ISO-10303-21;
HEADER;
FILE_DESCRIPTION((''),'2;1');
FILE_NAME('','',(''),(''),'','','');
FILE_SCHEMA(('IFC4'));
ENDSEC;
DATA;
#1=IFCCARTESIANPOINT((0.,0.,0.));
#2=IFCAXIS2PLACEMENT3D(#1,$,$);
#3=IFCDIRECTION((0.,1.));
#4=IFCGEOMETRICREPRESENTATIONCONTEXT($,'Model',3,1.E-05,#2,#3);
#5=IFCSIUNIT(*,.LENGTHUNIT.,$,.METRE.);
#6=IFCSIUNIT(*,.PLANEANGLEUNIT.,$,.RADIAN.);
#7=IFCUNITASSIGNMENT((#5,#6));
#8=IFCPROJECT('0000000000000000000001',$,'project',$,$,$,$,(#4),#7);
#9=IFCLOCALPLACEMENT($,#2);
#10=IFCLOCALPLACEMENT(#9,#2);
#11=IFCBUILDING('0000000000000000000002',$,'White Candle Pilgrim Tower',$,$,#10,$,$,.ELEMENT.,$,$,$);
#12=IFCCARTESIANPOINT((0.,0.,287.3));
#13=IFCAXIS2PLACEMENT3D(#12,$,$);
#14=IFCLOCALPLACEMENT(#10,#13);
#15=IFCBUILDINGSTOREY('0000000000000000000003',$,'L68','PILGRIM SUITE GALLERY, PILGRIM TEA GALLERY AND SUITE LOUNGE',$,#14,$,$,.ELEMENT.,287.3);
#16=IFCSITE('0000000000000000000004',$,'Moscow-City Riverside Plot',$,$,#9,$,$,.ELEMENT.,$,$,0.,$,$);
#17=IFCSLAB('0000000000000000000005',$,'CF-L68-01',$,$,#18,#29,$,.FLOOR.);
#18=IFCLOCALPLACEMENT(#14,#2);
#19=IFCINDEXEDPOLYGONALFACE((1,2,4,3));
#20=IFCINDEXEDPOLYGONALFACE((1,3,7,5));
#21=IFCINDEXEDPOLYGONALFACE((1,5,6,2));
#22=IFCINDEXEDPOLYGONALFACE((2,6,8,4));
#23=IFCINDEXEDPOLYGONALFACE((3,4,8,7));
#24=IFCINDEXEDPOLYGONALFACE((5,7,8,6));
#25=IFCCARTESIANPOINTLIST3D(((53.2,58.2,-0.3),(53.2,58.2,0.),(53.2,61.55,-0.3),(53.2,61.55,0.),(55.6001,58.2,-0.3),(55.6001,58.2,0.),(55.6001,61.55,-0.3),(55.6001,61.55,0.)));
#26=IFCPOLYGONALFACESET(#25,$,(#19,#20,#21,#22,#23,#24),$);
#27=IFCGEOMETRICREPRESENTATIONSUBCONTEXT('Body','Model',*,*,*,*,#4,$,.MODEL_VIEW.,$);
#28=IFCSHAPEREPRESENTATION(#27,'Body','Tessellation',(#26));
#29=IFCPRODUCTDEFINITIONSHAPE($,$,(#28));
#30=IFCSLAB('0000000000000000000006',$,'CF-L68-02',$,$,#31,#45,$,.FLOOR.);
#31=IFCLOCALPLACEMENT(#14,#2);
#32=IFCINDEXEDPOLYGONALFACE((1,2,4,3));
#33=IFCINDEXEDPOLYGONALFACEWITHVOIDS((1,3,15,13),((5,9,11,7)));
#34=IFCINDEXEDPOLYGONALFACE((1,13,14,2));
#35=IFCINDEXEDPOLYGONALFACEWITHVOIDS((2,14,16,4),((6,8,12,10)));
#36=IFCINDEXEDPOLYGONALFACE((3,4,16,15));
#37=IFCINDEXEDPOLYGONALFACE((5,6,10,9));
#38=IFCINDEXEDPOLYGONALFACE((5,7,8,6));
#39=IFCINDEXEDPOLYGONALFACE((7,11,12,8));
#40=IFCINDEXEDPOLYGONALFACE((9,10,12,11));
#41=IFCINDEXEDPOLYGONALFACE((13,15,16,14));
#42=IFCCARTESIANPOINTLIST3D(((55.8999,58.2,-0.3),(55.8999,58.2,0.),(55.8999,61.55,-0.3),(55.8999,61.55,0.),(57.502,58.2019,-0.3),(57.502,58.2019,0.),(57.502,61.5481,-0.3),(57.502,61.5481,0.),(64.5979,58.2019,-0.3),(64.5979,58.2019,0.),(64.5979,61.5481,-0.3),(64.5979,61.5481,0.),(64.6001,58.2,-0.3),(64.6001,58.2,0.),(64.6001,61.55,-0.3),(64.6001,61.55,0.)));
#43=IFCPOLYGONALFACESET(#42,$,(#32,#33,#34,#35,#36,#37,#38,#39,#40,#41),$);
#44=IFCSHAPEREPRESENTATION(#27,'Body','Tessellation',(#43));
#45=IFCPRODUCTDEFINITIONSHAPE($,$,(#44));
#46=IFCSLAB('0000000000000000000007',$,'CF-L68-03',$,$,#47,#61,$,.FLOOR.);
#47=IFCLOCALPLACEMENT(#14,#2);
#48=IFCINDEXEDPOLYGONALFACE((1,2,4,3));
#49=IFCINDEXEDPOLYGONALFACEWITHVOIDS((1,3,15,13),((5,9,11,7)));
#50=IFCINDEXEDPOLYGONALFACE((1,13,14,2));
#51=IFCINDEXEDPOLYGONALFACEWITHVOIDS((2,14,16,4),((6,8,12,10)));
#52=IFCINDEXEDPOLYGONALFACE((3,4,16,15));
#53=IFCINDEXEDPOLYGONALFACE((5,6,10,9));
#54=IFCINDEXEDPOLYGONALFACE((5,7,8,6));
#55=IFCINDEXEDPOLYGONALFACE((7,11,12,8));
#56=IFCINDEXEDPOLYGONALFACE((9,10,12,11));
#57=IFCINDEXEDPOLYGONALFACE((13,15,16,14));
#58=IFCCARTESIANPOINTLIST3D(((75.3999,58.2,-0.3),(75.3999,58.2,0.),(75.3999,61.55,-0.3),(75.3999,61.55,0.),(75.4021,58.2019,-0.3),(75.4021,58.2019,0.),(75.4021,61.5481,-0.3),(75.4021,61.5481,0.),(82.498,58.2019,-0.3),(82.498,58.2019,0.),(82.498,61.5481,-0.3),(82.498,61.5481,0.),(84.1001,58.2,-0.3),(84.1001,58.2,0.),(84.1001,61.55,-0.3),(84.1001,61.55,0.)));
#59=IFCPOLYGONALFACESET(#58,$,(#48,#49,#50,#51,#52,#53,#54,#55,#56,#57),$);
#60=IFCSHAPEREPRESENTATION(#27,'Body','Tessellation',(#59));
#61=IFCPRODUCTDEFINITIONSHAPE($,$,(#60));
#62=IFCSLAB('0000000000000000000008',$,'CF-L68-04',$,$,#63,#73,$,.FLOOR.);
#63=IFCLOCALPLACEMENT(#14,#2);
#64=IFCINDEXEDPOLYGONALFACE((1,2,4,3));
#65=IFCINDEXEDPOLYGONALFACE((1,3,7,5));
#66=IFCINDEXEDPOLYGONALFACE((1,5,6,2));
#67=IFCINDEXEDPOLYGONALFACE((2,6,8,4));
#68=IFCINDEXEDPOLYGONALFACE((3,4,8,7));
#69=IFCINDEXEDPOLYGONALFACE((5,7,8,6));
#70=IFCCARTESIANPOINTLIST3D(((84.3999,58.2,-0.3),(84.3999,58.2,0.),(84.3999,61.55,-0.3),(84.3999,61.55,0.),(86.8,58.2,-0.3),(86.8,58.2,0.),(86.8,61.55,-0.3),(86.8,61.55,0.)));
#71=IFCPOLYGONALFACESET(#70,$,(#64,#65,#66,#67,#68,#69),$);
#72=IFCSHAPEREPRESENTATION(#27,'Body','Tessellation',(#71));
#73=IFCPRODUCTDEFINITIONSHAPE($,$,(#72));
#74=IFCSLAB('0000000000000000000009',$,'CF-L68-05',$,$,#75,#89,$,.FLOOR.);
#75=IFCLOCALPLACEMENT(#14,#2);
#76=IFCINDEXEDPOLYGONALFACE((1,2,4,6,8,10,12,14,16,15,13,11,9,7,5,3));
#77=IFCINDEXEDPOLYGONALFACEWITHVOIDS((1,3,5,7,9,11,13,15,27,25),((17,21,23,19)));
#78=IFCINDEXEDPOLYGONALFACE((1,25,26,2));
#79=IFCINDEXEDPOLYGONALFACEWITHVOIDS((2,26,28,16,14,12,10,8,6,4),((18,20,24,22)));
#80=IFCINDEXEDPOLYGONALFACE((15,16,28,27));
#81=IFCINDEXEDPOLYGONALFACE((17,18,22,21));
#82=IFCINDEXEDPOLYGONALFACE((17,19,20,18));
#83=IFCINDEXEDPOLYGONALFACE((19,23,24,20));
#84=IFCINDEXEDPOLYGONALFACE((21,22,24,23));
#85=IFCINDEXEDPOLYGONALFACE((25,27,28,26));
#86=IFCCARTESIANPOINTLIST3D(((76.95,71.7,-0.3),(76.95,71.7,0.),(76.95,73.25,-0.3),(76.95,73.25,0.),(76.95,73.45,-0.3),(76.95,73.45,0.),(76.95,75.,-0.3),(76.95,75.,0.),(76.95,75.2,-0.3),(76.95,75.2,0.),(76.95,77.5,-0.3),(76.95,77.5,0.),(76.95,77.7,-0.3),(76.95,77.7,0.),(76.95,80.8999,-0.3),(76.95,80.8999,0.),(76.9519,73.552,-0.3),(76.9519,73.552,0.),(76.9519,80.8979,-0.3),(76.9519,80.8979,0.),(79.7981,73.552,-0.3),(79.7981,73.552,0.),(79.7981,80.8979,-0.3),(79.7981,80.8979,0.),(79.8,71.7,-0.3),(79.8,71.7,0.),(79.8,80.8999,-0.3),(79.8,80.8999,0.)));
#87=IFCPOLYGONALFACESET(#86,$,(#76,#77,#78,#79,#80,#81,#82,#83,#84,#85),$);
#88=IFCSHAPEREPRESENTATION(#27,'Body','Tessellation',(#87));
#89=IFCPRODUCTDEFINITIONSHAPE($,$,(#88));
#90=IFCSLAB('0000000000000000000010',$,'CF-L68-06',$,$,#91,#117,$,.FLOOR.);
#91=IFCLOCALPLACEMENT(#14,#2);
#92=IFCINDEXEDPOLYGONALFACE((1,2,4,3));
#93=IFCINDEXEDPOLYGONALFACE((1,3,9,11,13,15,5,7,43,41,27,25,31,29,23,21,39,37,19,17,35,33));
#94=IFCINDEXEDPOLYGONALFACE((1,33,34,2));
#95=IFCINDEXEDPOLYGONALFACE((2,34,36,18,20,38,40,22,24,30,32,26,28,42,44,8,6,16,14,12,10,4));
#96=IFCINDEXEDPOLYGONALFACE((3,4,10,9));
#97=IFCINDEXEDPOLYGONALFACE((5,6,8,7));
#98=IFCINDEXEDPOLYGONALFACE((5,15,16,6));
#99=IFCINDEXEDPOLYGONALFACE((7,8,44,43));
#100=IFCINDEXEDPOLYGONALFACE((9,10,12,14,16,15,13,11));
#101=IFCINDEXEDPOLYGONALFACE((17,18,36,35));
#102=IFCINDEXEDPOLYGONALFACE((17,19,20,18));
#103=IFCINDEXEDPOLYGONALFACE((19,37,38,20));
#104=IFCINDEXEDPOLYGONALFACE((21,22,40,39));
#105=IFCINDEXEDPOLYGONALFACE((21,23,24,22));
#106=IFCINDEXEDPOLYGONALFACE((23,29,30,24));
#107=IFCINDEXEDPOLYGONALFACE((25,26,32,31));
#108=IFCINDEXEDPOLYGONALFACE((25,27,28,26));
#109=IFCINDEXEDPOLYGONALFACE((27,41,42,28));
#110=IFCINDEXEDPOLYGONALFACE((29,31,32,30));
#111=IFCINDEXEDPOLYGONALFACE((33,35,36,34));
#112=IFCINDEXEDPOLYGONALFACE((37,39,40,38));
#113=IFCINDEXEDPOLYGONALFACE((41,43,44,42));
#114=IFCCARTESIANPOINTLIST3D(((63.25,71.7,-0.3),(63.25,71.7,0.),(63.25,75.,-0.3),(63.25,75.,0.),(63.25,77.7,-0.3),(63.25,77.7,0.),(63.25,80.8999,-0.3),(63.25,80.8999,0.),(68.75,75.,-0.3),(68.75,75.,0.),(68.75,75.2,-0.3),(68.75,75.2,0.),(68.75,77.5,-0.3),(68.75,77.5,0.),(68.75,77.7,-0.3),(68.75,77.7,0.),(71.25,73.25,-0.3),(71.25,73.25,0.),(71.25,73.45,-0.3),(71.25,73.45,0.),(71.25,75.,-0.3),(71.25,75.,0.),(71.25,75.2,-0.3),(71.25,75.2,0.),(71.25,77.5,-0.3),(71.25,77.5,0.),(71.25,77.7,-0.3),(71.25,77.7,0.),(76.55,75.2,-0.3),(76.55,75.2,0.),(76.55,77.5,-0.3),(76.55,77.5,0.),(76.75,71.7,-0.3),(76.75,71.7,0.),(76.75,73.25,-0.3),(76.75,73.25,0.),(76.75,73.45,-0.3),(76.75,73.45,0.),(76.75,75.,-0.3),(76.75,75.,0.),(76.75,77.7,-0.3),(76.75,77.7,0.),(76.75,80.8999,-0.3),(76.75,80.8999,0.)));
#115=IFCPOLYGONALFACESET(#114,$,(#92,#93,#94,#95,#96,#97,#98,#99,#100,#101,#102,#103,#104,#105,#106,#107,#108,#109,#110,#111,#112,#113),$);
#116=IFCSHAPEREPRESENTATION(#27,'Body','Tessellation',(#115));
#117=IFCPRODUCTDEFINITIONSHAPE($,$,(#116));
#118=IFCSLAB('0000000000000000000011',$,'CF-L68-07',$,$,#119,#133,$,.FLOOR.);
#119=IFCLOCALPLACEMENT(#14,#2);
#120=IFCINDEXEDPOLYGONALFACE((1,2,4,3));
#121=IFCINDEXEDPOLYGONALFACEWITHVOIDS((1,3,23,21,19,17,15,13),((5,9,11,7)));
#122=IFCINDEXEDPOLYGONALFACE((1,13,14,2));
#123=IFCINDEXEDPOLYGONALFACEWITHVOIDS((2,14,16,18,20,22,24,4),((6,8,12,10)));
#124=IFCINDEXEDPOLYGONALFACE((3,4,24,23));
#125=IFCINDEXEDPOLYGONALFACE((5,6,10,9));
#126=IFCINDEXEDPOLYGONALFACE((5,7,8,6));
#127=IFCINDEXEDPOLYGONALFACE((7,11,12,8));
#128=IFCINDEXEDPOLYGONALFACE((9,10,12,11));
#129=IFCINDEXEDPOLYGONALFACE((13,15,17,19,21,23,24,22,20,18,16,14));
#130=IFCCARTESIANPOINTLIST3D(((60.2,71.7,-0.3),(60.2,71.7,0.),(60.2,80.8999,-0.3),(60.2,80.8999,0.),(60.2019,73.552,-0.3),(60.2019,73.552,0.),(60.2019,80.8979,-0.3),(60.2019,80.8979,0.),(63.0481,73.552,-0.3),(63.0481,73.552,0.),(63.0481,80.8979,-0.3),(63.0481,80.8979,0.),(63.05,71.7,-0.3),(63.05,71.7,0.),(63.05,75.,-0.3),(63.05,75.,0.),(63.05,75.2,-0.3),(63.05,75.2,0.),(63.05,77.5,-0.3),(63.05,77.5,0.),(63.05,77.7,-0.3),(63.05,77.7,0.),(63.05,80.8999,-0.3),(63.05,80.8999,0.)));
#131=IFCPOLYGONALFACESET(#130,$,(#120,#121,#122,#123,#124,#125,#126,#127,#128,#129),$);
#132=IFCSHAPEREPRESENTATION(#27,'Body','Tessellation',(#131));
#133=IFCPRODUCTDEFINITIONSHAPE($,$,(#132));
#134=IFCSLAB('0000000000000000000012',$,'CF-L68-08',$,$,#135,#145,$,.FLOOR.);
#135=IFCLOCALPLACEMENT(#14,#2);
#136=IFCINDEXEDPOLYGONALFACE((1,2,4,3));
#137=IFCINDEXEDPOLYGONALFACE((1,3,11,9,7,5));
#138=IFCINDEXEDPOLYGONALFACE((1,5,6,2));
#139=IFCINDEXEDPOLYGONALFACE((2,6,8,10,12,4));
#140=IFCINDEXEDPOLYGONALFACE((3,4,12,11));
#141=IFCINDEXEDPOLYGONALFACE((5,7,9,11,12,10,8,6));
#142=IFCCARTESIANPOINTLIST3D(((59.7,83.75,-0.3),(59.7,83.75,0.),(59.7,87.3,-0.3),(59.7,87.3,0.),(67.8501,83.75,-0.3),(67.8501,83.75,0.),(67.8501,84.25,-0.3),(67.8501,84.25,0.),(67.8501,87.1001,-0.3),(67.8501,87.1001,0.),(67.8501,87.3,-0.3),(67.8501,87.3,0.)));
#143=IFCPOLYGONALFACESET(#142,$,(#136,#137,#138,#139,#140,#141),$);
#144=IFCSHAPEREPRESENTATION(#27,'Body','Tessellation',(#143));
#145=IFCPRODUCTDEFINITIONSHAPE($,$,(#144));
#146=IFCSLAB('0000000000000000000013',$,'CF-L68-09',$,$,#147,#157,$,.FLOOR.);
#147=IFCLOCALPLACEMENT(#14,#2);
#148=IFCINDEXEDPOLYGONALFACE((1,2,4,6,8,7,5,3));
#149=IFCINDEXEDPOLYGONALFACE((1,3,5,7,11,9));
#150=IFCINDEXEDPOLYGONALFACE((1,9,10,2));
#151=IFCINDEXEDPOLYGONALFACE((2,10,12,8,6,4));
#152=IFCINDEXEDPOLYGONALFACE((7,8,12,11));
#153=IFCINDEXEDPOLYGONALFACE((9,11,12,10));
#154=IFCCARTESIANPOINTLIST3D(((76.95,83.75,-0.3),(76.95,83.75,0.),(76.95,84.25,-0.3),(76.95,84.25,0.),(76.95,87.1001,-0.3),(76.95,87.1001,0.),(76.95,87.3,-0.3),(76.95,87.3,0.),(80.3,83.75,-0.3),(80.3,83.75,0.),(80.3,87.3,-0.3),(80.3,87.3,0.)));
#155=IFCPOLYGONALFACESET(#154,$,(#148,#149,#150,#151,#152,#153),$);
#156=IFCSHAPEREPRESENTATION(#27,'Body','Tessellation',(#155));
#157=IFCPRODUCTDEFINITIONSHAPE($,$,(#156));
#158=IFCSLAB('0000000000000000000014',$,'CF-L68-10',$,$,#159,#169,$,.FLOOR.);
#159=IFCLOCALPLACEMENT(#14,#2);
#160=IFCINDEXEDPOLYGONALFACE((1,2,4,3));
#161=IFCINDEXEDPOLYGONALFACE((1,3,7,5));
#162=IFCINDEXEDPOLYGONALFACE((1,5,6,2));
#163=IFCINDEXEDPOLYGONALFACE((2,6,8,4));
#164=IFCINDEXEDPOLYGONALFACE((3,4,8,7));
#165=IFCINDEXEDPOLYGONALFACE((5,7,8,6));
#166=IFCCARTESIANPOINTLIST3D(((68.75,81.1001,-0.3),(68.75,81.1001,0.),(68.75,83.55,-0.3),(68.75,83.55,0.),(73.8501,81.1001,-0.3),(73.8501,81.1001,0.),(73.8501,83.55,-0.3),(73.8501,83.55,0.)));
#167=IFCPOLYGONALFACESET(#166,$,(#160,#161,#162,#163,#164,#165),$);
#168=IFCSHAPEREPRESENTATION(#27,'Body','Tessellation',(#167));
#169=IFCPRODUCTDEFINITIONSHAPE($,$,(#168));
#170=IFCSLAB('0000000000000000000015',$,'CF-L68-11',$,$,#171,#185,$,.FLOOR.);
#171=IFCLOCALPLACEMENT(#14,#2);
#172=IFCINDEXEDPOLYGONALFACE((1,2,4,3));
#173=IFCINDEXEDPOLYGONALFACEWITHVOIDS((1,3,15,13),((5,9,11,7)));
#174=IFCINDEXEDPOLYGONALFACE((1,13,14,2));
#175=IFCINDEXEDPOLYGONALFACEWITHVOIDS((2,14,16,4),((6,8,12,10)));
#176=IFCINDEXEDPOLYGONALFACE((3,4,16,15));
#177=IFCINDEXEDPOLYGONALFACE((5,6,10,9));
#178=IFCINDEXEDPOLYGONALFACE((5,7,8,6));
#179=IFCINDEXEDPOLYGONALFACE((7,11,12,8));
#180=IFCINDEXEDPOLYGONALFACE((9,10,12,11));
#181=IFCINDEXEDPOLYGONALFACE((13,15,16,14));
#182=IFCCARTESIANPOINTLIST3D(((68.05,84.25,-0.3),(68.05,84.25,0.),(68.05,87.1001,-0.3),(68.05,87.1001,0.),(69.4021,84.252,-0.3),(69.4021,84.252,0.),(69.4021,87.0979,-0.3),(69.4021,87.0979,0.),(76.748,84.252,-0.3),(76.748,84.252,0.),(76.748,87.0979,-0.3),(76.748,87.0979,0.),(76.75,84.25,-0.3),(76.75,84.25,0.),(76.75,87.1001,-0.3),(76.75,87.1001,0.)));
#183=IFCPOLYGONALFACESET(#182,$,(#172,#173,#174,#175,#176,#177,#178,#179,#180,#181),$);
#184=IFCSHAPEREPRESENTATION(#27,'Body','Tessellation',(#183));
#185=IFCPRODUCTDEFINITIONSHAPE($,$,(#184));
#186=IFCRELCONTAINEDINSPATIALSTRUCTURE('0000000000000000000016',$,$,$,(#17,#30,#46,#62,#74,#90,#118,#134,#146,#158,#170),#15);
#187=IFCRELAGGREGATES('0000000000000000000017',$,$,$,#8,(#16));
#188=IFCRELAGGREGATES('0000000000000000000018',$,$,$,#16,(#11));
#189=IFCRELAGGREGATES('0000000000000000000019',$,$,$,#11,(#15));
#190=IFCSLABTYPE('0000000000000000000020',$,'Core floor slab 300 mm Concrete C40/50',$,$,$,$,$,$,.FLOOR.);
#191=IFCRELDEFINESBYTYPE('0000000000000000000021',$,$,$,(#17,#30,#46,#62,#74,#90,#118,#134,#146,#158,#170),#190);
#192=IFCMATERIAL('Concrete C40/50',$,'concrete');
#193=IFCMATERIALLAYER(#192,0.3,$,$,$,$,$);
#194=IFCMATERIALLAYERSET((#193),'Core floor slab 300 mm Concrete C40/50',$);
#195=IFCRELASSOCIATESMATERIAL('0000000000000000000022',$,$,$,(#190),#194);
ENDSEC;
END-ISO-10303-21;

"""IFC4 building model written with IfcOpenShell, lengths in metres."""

from ifc_helpers import new_model, si_unit, direction, frame, origin, place, context, subcontext, project, spatial, polyline, outline, extrude, material, layer, layer_set, type_object, element, save


model = new_model("IFC4")

# Units and contexts
model_context = context("Model", 3, precision=1e-05, world=origin(), true_north=direction((0.0, 1.0)))
body_context = subcontext(model_context, "Body", "Model", "MODEL_VIEW")
ifc_project = project(units=[si_unit("LENGTHUNIT", "METRE"), si_unit("PLANEANGLEUNIT", "RADIAN")], contexts=[model_context])

# Site, building, storey
site_placement = place(None, origin())
site = spatial("IfcSite", under=ifc_project, at=site_placement, Name="Moscow-City Riverside Plot", CompositionType="ELEMENT", RefElevation=0.0)
building_placement = place(site_placement, origin())
building = spatial("IfcBuilding", under=site, at=building_placement, Name="White Candle Pilgrim Tower", CompositionType="ELEMENT")
storey_placement = place(building_placement, frame((0.0, 0.0, 287.3)))
storey = spatial("IfcBuildingStorey", under=building, at=storey_placement, Name="L68", Description="PILGRIM SUITE GALLERY, PILGRIM TEA GALLERY AND SUITE LOUNGE", CompositionType="ELEMENT", Elevation=287.3)

# Slabs
ifc_material_1 = material(Name="Concrete C40/50", Category="concrete")
ifc_layer_1 = layer(ifc_material_1, 0.3)
ifc_layer_set_1 = layer_set([ifc_layer_1], Name="Core floor slab 300 mm Concrete C40/50")
slab_type_1 = type_object("IfcSlabType", Name="Core floor slab 300 mm Concrete C40/50", PredefinedType="FLOOR", material=ifc_layer_set_1)
slab_1_placement = place(storey_placement, frame((0.0, 0.0, -0.3)))
element("IfcSlab", 1, at=slab_1_placement, inside=storey, type_object=slab_type_1, Name="CF-L68-01", PredefinedType="FLOOR", context=body_context, shape_type="SweptSolid", body=[
    extrude(outline(polyline([(55.6001, 58.2), (53.2, 58.2), (53.2, 61.55), (55.6001, 61.55), (55.6001, 58.2)])), origin(), (0.0, 0.0, 1.0), 0.3),
])
slab_2_placement = place(storey_placement, frame((0.0, 0.0, -0.3)))
element("IfcSlab", 2, at=slab_2_placement, inside=storey, type_object=slab_type_1, Name="CF-L68-02", PredefinedType="FLOOR", context=body_context, shape_type="SweptSolid", body=[
    extrude(outline(polyline([(55.8999, 58.2), (55.8999, 61.55), (64.6001, 61.55), (64.6001, 58.2), (55.8999, 58.2)]), holes=[polyline([(57.502, 61.5481), (57.502, 58.2019), (64.5979, 58.2019), (64.5979, 61.5481), (57.502, 61.5481)])]), origin(), (0.0, 0.0, 1.0), 0.3),
])
slab_3_placement = place(storey_placement, frame((0.0, 0.0, -0.3)))
element("IfcSlab", 3, at=slab_3_placement, inside=storey, type_object=slab_type_1, Name="CF-L68-03", PredefinedType="FLOOR", context=body_context, shape_type="SweptSolid", body=[
    extrude(outline(polyline([(75.3999, 58.2), (75.3999, 61.55), (84.1001, 61.55), (84.1001, 58.2), (75.3999, 58.2)]), holes=[polyline([(82.498, 61.5481), (75.4021, 61.5481), (75.4021, 58.2019), (82.498, 58.2019), (82.498, 61.5481)])]), origin(), (0.0, 0.0, 1.0), 0.3),
])
slab_4_placement = place(storey_placement, frame((0.0, 0.0, -0.3)))
element("IfcSlab", 4, at=slab_4_placement, inside=storey, type_object=slab_type_1, Name="CF-L68-04", PredefinedType="FLOOR", context=body_context, shape_type="SweptSolid", body=[
    extrude(outline(polyline([(86.8, 58.2), (84.3999, 58.2), (84.3999, 61.55), (86.8, 61.55), (86.8, 58.2)])), origin(), (0.0, 0.0, 1.0), 0.3),
])
slab_5_placement = place(storey_placement, frame((0.0, 0.0, -0.3)))
element("IfcSlab", 5, at=slab_5_placement, inside=storey, type_object=slab_type_1, Name="CF-L68-05", PredefinedType="FLOOR", context=body_context, shape_type="SweptSolid", body=[
    extrude(outline(polyline([(76.95, 71.7), (76.95, 73.25), (76.95, 73.45), (76.95, 75.0), (76.95, 75.2), (76.95, 77.5), (76.95, 77.7), (76.95, 80.8999), (79.8, 80.8999), (79.8, 71.7), (76.95, 71.7)]), holes=[polyline([(76.9519, 73.552), (79.7981, 73.552), (79.7981, 80.8979), (76.9519, 80.8979), (76.9519, 73.552)])]), origin(), (0.0, 0.0, 1.0), 0.3),
])
slab_6_placement = place(storey_placement, frame((0.0, 0.0, -0.3)))
element("IfcSlab", 6, at=slab_6_placement, inside=storey, type_object=slab_type_1, Name="CF-L68-06", PredefinedType="FLOOR", context=body_context, shape_type="SweptSolid", body=[
    extrude(outline(polyline([(63.25, 71.7), (63.25, 75.0), (68.75, 75.0), (68.75, 75.2), (68.75, 77.5), (68.75, 77.7), (63.25, 77.7), (63.25, 80.8999), (76.75, 80.8999), (76.75, 77.7), (71.25, 77.7), (71.25, 77.5), (76.55, 77.5), (76.55, 75.2), (71.25, 75.2), (71.25, 75.0), (76.75, 75.0), (76.75, 73.45), (71.25, 73.45), (71.25, 73.25), (76.75, 73.25), (76.75, 71.7), (63.25, 71.7)])), origin(), (0.0, 0.0, 1.0), 0.3),
])
slab_7_placement = place(storey_placement, frame((0.0, 0.0, -0.3)))
element("IfcSlab", 7, at=slab_7_placement, inside=storey, type_object=slab_type_1, Name="CF-L68-07", PredefinedType="FLOOR", context=body_context, shape_type="SweptSolid", body=[
    extrude(outline(polyline([(60.2, 71.7), (60.2, 80.8999), (63.05, 80.8999), (63.05, 77.7), (63.05, 77.5), (63.05, 75.2), (63.05, 75.0), (63.05, 71.7), (60.2, 71.7)]), holes=[polyline([(60.2019, 73.552), (63.0481, 73.552), (63.0481, 80.8979), (60.2019, 80.8979), (60.2019, 73.552)])]), origin(), (0.0, 0.0, 1.0), 0.3),
])
slab_8_placement = place(storey_placement, frame((0.0, 0.0, -0.3)))
element("IfcSlab", 8, at=slab_8_placement, inside=storey, type_object=slab_type_1, Name="CF-L68-08", PredefinedType="FLOOR", context=body_context, shape_type="SweptSolid", body=[
    extrude(outline(polyline([(59.7, 87.3), (67.8501, 87.3), (67.8501, 87.1001), (67.8501, 84.25), (67.8501, 83.75), (59.7, 83.75), (59.7, 87.3)])), origin(), (0.0, 0.0, 1.0), 0.3),
])
slab_9_placement = place(storey_placement, frame((0.0, 0.0, -0.3)))
element("IfcSlab", 9, at=slab_9_placement, inside=storey, type_object=slab_type_1, Name="CF-L68-09", PredefinedType="FLOOR", context=body_context, shape_type="SweptSolid", body=[
    extrude(outline(polyline([(80.3, 87.3), (80.3, 83.75), (76.95, 83.75), (76.95, 84.25), (76.95, 87.1001), (76.95, 87.3), (80.3, 87.3)])), origin(), (0.0, 0.0, 1.0), 0.3),
])
slab_10_placement = place(storey_placement, frame((0.0, 0.0, -0.3)))
element("IfcSlab", 10, at=slab_10_placement, inside=storey, type_object=slab_type_1, Name="CF-L68-10", PredefinedType="FLOOR", context=body_context, shape_type="SweptSolid", body=[
    extrude(outline(polyline([(68.75, 81.1001), (68.75, 83.55), (73.8501, 83.55), (73.8501, 81.1001), (68.75, 81.1001)])), origin(), (0.0, 0.0, 1.0), 0.3),
])
slab_11_placement = place(storey_placement, frame((0.0, 0.0, -0.3)))
element("IfcSlab", 11, at=slab_11_placement, inside=storey, type_object=slab_type_1, Name="CF-L68-11", PredefinedType="FLOOR", context=body_context, shape_type="SweptSolid", body=[
    extrude(outline(polyline([(68.05, 87.1001), (76.75, 87.1001), (76.75, 84.25), (68.05, 84.25), (68.05, 87.1001)]), holes=[polyline([(69.4021, 84.252), (76.748, 84.252), (76.748, 87.0979), (69.4021, 87.0979), (69.4021, 84.252)])]), origin(), (0.0, 0.0, 1.0), 0.3),
])

save(model, "model.ifc")
